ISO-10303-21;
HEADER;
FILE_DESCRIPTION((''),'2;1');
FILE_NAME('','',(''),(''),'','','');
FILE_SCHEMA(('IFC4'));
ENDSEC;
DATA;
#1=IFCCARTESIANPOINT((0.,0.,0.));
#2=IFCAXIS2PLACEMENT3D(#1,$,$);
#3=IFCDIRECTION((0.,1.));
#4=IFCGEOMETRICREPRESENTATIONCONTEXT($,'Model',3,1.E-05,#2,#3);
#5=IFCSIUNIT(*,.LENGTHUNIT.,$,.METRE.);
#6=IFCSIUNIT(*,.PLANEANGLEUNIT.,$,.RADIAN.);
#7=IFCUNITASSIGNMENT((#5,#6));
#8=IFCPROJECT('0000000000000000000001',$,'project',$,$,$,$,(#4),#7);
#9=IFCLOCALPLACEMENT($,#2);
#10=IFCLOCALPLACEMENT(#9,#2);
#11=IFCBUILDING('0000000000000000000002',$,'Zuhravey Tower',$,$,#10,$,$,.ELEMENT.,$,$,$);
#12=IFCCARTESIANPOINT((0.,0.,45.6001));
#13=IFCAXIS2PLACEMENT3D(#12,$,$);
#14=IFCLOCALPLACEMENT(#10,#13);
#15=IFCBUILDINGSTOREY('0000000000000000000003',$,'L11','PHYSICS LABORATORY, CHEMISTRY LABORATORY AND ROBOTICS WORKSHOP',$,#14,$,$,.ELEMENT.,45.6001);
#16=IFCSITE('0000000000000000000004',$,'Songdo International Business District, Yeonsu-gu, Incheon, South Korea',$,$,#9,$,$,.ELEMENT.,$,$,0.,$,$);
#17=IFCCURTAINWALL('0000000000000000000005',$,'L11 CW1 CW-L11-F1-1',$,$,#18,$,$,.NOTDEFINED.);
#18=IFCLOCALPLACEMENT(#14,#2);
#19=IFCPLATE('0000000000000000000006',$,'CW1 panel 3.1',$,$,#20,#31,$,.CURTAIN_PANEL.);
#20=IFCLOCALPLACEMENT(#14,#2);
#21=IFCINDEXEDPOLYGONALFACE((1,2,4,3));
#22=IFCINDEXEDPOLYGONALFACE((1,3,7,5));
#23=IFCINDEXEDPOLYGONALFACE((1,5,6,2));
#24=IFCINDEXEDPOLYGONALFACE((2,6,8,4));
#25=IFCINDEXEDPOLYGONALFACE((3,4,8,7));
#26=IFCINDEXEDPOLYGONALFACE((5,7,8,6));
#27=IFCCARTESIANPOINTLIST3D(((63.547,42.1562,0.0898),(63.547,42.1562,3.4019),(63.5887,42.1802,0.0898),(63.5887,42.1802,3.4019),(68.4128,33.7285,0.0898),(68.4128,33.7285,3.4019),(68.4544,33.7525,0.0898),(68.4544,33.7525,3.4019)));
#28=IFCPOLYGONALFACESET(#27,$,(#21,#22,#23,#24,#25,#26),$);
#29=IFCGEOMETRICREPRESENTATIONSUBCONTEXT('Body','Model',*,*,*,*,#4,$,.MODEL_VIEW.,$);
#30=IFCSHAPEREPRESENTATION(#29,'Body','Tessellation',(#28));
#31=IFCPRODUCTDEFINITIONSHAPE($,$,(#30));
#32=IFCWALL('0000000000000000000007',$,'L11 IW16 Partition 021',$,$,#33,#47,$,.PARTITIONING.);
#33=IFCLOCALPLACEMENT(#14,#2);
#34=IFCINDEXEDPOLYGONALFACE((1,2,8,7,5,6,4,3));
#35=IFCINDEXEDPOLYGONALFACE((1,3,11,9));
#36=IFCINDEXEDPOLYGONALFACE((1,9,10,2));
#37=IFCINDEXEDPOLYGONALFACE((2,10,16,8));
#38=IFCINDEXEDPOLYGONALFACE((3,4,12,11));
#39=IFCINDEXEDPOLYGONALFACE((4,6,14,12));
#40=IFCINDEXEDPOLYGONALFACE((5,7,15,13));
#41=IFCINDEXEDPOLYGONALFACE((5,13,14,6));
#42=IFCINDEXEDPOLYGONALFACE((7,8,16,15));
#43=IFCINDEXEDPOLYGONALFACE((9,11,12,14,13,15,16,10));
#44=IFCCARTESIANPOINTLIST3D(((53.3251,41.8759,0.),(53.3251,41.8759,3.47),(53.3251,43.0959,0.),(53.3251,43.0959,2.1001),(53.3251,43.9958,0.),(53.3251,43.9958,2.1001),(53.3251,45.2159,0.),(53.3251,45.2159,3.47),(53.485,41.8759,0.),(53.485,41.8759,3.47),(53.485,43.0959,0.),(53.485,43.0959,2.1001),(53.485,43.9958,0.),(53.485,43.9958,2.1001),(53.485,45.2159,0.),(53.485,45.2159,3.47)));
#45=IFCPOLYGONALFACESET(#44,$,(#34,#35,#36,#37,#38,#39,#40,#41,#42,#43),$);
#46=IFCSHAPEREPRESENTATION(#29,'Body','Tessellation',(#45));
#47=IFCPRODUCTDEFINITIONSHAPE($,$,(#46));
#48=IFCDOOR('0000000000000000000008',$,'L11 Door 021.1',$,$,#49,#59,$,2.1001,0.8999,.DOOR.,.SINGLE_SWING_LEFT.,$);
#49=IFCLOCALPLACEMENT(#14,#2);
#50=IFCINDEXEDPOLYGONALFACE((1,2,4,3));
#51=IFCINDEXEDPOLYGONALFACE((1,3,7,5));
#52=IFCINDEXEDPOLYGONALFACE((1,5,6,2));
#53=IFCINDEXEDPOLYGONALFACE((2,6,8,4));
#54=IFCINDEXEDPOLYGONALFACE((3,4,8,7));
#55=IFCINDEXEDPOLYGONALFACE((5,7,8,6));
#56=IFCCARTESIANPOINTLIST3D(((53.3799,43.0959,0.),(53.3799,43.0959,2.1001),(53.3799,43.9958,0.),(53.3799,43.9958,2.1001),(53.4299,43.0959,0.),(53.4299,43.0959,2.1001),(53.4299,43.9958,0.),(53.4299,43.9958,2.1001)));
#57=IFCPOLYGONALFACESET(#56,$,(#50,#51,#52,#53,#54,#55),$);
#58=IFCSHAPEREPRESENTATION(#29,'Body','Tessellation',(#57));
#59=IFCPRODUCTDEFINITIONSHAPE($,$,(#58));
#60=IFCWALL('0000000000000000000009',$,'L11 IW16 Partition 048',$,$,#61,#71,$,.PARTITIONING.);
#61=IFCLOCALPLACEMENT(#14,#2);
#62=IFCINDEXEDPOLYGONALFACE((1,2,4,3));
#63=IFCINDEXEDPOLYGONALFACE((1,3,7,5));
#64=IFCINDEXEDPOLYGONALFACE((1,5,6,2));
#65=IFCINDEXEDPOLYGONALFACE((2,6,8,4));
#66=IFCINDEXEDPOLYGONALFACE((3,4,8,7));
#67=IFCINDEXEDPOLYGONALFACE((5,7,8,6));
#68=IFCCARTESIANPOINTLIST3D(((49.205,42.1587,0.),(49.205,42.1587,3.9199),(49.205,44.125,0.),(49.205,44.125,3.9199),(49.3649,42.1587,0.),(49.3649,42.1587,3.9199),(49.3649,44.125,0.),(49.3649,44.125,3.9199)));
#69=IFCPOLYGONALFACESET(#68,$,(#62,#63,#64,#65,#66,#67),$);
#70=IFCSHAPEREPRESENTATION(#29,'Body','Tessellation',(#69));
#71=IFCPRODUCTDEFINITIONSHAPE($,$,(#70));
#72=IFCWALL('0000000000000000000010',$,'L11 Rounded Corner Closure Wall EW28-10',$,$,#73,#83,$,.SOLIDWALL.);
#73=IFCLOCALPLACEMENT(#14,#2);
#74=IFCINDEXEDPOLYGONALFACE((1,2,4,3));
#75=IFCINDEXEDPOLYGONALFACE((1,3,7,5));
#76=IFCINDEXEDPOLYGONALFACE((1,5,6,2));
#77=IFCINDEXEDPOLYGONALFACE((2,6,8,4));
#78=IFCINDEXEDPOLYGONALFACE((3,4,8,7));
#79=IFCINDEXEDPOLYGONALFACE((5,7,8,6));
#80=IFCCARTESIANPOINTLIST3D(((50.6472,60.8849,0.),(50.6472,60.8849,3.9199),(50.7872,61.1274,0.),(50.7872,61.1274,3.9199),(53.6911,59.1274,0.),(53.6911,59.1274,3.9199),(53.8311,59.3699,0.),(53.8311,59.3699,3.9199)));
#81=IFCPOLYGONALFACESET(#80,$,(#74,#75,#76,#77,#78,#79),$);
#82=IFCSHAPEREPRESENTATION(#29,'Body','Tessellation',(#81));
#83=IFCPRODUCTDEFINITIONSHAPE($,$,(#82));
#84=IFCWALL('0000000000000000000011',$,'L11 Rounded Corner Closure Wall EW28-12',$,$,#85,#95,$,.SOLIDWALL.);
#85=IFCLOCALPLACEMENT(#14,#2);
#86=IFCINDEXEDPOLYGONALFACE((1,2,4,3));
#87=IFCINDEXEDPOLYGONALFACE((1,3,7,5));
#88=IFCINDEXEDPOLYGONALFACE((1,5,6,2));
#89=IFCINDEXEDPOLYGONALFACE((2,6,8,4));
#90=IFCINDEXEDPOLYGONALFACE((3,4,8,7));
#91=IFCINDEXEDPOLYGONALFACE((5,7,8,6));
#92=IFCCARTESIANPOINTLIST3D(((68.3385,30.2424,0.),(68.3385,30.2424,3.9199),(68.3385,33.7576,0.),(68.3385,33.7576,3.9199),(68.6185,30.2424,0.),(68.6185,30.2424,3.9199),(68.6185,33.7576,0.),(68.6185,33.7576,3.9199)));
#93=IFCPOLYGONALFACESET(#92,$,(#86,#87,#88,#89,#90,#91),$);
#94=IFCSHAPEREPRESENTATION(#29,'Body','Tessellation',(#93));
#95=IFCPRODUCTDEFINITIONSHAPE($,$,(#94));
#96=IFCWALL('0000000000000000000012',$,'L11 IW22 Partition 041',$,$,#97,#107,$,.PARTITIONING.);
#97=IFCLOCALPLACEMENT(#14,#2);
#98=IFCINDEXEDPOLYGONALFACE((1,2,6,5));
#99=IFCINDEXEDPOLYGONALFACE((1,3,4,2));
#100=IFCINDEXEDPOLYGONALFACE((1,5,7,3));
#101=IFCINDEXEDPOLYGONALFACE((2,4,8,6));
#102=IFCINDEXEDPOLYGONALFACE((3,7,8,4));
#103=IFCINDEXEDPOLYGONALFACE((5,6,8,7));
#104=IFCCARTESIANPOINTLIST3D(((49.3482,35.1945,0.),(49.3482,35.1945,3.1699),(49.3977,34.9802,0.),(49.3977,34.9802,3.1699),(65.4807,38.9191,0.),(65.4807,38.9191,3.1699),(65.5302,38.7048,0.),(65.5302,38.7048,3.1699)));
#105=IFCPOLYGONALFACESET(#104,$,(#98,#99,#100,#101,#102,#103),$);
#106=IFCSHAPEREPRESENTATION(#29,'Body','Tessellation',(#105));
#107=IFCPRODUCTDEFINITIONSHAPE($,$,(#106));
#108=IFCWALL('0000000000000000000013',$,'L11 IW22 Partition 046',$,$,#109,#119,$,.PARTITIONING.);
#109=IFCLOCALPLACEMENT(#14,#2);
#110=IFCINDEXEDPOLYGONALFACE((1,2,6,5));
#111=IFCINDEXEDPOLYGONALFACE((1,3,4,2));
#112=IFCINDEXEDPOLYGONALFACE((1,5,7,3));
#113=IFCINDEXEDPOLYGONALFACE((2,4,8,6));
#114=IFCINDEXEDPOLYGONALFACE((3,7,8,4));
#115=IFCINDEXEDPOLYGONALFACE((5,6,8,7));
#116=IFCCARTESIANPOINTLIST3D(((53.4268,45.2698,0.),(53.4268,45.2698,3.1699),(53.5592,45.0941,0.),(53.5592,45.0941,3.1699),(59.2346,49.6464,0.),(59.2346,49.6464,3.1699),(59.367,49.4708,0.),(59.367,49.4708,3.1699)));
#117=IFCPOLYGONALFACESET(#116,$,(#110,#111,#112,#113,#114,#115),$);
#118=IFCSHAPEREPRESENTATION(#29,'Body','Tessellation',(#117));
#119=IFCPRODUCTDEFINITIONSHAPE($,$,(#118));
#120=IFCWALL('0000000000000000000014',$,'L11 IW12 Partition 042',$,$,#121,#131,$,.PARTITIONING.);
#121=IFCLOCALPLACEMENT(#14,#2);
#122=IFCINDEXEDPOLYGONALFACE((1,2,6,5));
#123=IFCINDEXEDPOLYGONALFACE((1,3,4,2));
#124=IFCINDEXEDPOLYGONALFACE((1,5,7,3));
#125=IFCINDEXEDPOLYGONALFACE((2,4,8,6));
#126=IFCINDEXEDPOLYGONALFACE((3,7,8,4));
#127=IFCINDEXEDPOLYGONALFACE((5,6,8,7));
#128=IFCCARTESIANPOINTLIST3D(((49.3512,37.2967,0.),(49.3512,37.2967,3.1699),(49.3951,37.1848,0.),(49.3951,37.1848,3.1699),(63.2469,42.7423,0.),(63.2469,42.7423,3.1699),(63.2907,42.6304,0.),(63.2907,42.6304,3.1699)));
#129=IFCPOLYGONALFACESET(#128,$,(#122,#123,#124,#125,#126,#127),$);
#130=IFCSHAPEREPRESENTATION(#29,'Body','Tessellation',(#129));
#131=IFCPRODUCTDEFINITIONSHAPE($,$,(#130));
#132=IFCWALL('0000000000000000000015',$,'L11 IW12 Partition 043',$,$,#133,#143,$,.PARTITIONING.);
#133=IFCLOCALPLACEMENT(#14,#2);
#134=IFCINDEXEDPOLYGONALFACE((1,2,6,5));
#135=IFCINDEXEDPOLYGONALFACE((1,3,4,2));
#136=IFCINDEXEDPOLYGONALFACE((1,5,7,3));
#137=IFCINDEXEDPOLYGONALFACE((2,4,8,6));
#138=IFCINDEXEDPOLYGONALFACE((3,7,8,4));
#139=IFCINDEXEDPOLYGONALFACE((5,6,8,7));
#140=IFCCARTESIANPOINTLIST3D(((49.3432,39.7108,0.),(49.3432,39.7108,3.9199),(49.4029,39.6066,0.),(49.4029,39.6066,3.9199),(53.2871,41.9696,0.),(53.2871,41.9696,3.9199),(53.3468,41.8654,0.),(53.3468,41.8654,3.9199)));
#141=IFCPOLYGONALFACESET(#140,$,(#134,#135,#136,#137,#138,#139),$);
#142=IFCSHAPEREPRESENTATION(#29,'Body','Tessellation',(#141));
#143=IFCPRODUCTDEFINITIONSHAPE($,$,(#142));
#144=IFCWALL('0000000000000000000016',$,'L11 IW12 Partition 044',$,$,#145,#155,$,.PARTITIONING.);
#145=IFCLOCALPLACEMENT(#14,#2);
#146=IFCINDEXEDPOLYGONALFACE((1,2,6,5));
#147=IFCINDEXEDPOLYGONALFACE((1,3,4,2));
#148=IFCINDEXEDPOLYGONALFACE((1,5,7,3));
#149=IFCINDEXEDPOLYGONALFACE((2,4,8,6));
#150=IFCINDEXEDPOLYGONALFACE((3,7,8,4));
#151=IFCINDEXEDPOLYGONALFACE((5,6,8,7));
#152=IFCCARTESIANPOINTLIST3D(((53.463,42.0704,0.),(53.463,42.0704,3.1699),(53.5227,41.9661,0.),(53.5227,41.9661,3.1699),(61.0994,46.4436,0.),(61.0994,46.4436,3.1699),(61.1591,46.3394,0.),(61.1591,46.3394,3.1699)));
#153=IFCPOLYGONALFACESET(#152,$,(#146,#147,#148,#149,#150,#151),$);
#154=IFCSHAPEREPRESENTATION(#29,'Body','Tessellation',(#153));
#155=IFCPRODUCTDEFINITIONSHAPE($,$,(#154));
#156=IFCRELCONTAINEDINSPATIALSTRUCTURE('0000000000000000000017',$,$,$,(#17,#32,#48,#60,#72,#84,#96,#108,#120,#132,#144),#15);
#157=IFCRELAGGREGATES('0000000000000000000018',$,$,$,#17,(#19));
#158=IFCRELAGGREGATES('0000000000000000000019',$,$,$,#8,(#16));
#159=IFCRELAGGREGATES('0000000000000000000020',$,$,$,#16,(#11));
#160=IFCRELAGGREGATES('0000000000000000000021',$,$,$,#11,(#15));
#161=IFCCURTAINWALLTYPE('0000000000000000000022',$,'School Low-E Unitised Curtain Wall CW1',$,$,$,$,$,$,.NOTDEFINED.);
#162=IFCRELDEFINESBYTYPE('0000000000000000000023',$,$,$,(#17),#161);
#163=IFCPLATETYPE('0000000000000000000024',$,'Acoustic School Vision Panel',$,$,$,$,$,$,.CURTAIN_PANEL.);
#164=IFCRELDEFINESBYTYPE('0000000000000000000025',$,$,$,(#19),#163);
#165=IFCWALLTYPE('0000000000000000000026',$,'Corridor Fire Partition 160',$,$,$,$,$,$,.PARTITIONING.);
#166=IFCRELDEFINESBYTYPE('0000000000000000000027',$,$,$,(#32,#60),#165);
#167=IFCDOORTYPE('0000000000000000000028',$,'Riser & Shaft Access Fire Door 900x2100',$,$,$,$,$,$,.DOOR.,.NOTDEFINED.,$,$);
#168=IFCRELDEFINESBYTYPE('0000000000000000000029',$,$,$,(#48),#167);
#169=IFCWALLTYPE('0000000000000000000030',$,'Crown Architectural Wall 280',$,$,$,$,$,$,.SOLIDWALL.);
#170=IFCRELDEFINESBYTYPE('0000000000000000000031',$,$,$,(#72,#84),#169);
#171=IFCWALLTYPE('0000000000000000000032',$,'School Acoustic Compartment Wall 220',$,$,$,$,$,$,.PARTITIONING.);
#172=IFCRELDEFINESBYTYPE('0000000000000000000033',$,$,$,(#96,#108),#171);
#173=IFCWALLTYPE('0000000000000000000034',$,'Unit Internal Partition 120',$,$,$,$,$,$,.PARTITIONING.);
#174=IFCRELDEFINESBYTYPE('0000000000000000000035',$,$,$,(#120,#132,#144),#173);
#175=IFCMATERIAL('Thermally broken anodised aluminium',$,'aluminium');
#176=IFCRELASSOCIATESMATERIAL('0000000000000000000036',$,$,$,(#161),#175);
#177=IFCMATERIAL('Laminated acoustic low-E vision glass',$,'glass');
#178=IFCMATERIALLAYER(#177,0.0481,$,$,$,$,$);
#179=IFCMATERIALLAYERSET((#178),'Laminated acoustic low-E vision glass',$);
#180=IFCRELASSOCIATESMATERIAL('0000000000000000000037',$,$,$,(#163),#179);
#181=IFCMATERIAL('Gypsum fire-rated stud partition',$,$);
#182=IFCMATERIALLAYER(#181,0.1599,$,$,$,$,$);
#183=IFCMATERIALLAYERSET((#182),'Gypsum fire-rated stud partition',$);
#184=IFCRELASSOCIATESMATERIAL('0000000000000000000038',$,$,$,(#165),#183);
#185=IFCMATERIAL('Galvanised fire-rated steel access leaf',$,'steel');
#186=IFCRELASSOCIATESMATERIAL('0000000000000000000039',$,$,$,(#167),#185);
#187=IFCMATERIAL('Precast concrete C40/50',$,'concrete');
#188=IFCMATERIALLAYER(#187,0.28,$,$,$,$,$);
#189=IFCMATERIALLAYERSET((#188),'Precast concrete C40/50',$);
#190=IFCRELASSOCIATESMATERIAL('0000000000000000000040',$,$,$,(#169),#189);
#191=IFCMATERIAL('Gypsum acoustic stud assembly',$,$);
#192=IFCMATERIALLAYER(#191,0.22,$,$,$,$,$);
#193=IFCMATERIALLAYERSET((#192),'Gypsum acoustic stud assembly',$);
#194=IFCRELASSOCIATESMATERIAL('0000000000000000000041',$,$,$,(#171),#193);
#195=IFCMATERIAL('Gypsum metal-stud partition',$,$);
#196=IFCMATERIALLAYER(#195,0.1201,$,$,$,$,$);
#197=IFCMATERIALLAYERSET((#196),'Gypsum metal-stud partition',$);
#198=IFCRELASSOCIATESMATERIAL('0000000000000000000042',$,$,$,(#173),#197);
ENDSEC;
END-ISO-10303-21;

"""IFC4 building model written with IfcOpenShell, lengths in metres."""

from ifc_helpers import new_model, si_unit, direction, frame, frame_2d, origin, origin_2d, place, context, subcontext, project, spatial, rectangle, extrude, material, layer, layer_set, type_object, element, fill, aggregate, save


model = new_model("IFC4")

# Units and contexts
model_context = context("Model", 3, precision=1e-05, world=origin(), true_north=direction((0.0, 1.0)))
body_context = subcontext(model_context, "Body", "Model", "MODEL_VIEW")
ifc_project = project(units=[si_unit("LENGTHUNIT", "METRE"), si_unit("PLANEANGLEUNIT", "RADIAN")], contexts=[model_context])

# Site, building, storey
site_placement = place(None, origin())
site = spatial("IfcSite", under=ifc_project, at=site_placement, Name="Songdo International Business District, Yeonsu-gu, Incheon, South Korea", CompositionType="ELEMENT", RefElevation=0.0)
building_placement = place(site_placement, origin())
building = spatial("IfcBuilding", under=site, at=building_placement, Name="Zuhravey Tower", CompositionType="ELEMENT")
storey_placement = place(building_placement, frame((0.0, 0.0, 45.6001)))
storey = spatial("IfcBuildingStorey", under=building, at=storey_placement, Name="L11", Description="PHYSICS LABORATORY, CHEMISTRY LABORATORY AND ROBOTICS WORKSHOP", CompositionType="ELEMENT", Elevation=45.6001)

# Shared definitions
ifc_material_1 = material(Name="Thermally broken anodised aluminium", Category="aluminium")
curtain_wall_type = type_object("IfcCurtainWallType", Name="School Low-E Unitised Curtain Wall CW1", PredefinedType="NOTDEFINED", material=ifc_material_1)

# Curtain wall
curtain_wall_1_placement = place(storey_placement, origin())
curtain_wall_1 = element("IfcCurtainWall", 1, at=curtain_wall_1_placement, inside=storey, type_object=curtain_wall_type, Name="L11 CW1 CW-L11-F1-1", PredefinedType="NOTDEFINED")

# Plate
ifc_material_2 = material(Name="Laminated acoustic low-E vision glass", Category="glass")
ifc_layer_1 = layer(ifc_material_2, 0.0481)
ifc_layer_set_1 = layer_set([ifc_layer_1], Name="Laminated acoustic low-E vision glass")
plate_type = type_object("IfcPlateType", Name="Acoustic School Vision Panel", PredefinedType="CURTAIN_PANEL", material=ifc_layer_set_1)
plate_1_placement = place(storey_placement, frame((66.0007, 37.9543, 0.0898), z_axis=(0.0, 0.0, 1.0), x_axis=(0.5, -0.866026, 0.0)))
plate_1 = element("IfcPlate", 2, at=plate_1_placement, type_object=plate_type, Name="CW1 panel 3.1", PredefinedType="CURTAIN_PANEL", context=body_context, shape_type="SweptSolid", body=[
    extrude(rectangle(XDim=9.7314, YDim=0.0481, at=origin_2d()), origin(), (0.0, 0.0, 1.0), 3.312),
])
aggregate(curtain_wall_1, [plate_1])

# Wall, opening, door
ifc_material_3 = material(Name="Gypsum fire-rated stud partition")
ifc_layer_2 = layer(ifc_material_3, 0.1599)
ifc_layer_set_2 = layer_set([ifc_layer_2], Name="Gypsum fire-rated stud partition")
wall_type_1 = type_object("IfcWallType", Name="Corridor Fire Partition 160", PredefinedType="PARTITIONING", material=ifc_layer_set_2)
wall_1_placement = place(storey_placement, frame((53.405, 45.2158, 0.0), z_axis=(0.0, 0.0, 1.0), x_axis=(0.0, -1.0, 0.0)))
wall_1 = element("IfcWall", 3, at=wall_1_placement, inside=storey, type_object=wall_type_1, Name="L11 IW16 Partition 021", PredefinedType="PARTITIONING", context=body_context, shape_type="SweptSolid", body=[
    extrude(rectangle(XDim=3.3401, YDim=0.1599, at=frame_2d((1.6699, 0.0))), origin(), (0.0, 0.0, 1.0), 3.47),
])
opening_placement = place(wall_1_placement, frame((1.22, 0.0, 0.0)))
opening = element("IfcOpeningElement", 4, at=opening_placement, cuts=wall_1, PredefinedType="OPENING", context=body_context, shape_type="SweptSolid", body=[
    extrude(rectangle(XDim=0.8999, YDim=2.1001, at=frame_2d((0.45, 1.05))), frame((0.0, 0.092, 0.0), z_axis=(0.0, -1.0, 0.0), x_axis=(1.0, 0.0, 0.0)), (0.0, 0.0, 1.0), 0.1838),
])
ifc_material_4 = material(Name="Galvanised fire-rated steel access leaf", Category="steel")
door_type = type_object("IfcDoorType", Name="Riser & Shaft Access Fire Door 900x2100", OperationType="NOTDEFINED", PredefinedType="DOOR", material=ifc_material_4)
door_placement = place(opening_placement, origin())
door = element("IfcDoor", 5, at=door_placement, inside=storey, type_object=door_type, Name="L11 Door 021.1", OperationType="SINGLE_SWING_LEFT", OverallHeight=2.1001, OverallWidth=0.8999, PredefinedType="DOOR", context=body_context, shape_type="SweptSolid", body=[
    extrude(rectangle(XDim=0.8999, YDim=2.1001, at=frame_2d((0.45, 1.05))), frame((0.0, 0.0249, 0.0), z_axis=(0.0, -1.0, 0.0), x_axis=(1.0, 0.0, 0.0)), (0.0, 0.0, 1.0), 0.05),
])
fill(opening, door)

# Walls
wall_2_placement = place(storey_placement, frame((49.2849, 42.1587, 0.0), z_axis=(0.0, 0.0, 1.0), x_axis=(0.0, 1.0, 0.0)))
element("IfcWall", 6, at=wall_2_placement, inside=storey, type_object=wall_type_1, Name="L11 IW16 Partition 048", PredefinedType="PARTITIONING", context=body_context, shape_type="SweptSolid", body=[
    extrude(rectangle(XDim=1.9663, YDim=0.1599, at=frame_2d((0.9832, 0.0))), origin(), (0.0, 0.0, 1.0), 3.9199),
])
ifc_material_5 = material(Name="Precast concrete C40/50", Category="concrete")
ifc_layer_3 = layer(ifc_material_5, 0.28)
ifc_layer_set_3 = layer_set([ifc_layer_3], Name="Precast concrete C40/50")
wall_type_2 = type_object("IfcWallType", Name="Crown Architectural Wall 280", PredefinedType="SOLIDWALL", material=ifc_layer_set_3)
wall_3_placement = place(storey_placement, frame((50.7173, 61.0061, 0.0), z_axis=(0.0, 0.0, 1.0), x_axis=(0.866007, -0.500031, 0.0)))
element("IfcWall", 7, at=wall_3_placement, inside=storey, type_object=wall_type_2, Name="L11 Rounded Corner Closure Wall EW28-10", PredefinedType="SOLIDWALL", context=body_context, shape_type="SweptSolid", body=[
    extrude(rectangle(XDim=3.5149, YDim=0.28, at=frame_2d((1.7573, 0.0))), origin(), (0.0, 0.0, 1.0), 3.9199),
])
wall_4_placement = place(storey_placement, frame((68.4785, 33.7576, 0.0), z_axis=(0.0, 0.0, 1.0), x_axis=(0.0, -1.0, 0.0)))
element("IfcWall", 8, at=wall_4_placement, inside=storey, type_object=wall_type_2, Name="L11 Rounded Corner Closure Wall EW28-12", PredefinedType="SOLIDWALL", context=body_context, shape_type="SweptSolid", body=[
    extrude(rectangle(XDim=3.5151, YDim=0.28, at=frame_2d((1.7576, 0.0))), origin(), (0.0, 0.0, 1.0), 3.9199),
])
ifc_material_6 = material(Name="Gypsum acoustic stud assembly")
ifc_layer_4 = layer(ifc_material_6, 0.22)
ifc_layer_set_4 = layer_set([ifc_layer_4], Name="Gypsum acoustic stud assembly")
wall_type_3 = type_object("IfcWallType", Name="School Acoustic Compartment Wall 220", PredefinedType="PARTITIONING", material=ifc_layer_set_4)
wall_5_placement = place(storey_placement, frame((49.373, 35.0874, 0.0), z_axis=(0.0, 0.0, 1.0), x_axis=(0.974369, 0.224958, 0.0)))
element("IfcWall", 9, at=wall_5_placement, inside=storey, type_object=wall_type_3, Name="L11 IW22 Partition 041", PredefinedType="PARTITIONING", context=body_context, shape_type="SweptSolid", body=[
    extrude(rectangle(XDim=16.5569, YDim=0.22, at=frame_2d((8.2783, 0.0))), origin(), (0.0, 0.0, 1.0), 3.1699),
])
wall_6_placement = place(storey_placement, frame((53.4929, 45.1819, 0.0), z_axis=(0.0, 0.0, 1.0), x_axis=(0.798624, 0.60183, 0.0)))
element("IfcWall", 10, at=wall_6_placement, inside=storey, type_object=wall_type_3, Name="L11 IW22 Partition 046", PredefinedType="PARTITIONING", context=body_context, shape_type="SweptSolid", body=[
    extrude(rectangle(XDim=7.2722, YDim=0.22, at=frame_2d((3.6362, 0.0))), origin(), (0.0, 0.0, 1.0), 3.1699),
])
ifc_material_7 = material(Name="Gypsum metal-stud partition")
ifc_layer_5 = layer(ifc_material_7, 0.1201)
ifc_layer_set_5 = layer_set([ifc_layer_5], Name="Gypsum metal-stud partition")
wall_type_4 = type_object("IfcWallType", Name="Unit Internal Partition 120", PredefinedType="PARTITIONING", material=ifc_layer_set_5)
wall_7_placement = place(storey_placement, frame((49.373, 37.2407, 0.0), z_axis=(0.0, 0.0, 1.0), x_axis=(0.931057, 0.364875, 0.0)))
element("IfcWall", 11, at=wall_7_placement, inside=storey, type_object=wall_type_4, Name="L11 IW12 Partition 042", PredefinedType="PARTITIONING", context=body_context, shape_type="SweptSolid", body=[
    extrude(rectangle(XDim=14.9246, YDim=0.1201, at=frame_2d((7.4624, 0.0))), origin(), (0.0, 0.0, 1.0), 3.1699),
])
wall_8_placement = place(storey_placement, frame((49.373, 39.6587, 0.0), z_axis=(0.0, 0.0, 1.0), x_axis=(0.867753, 0.496995, 0.0)))
element("IfcWall", 12, at=wall_8_placement, inside=storey, type_object=wall_type_4, Name="L11 IW12 Partition 043", PredefinedType="PARTITIONING", context=body_context, shape_type="SweptSolid", body=[
    extrude(rectangle(XDim=4.5449, YDim=0.1201, at=frame_2d((2.2725, 0.0))), origin(), (0.0, 0.0, 1.0), 3.9199),
])
wall_9_placement = place(storey_placement, frame((53.4929, 42.0183, 0.0), z_axis=(0.0, 0.0, 1.0), x_axis=(0.867773, 0.49696, 0.0)))
element("IfcWall", 13, at=wall_9_placement, inside=storey, type_object=wall_type_4, Name="L11 IW12 Partition 044", PredefinedType="PARTITIONING", context=body_context, shape_type="SweptSolid", body=[
    extrude(rectangle(XDim=8.8, YDim=0.1201, at=frame_2d((4.3999, 0.0))), origin(), (0.0, 0.0, 1.0), 3.1699),
])

save(model, "model.ifc")
